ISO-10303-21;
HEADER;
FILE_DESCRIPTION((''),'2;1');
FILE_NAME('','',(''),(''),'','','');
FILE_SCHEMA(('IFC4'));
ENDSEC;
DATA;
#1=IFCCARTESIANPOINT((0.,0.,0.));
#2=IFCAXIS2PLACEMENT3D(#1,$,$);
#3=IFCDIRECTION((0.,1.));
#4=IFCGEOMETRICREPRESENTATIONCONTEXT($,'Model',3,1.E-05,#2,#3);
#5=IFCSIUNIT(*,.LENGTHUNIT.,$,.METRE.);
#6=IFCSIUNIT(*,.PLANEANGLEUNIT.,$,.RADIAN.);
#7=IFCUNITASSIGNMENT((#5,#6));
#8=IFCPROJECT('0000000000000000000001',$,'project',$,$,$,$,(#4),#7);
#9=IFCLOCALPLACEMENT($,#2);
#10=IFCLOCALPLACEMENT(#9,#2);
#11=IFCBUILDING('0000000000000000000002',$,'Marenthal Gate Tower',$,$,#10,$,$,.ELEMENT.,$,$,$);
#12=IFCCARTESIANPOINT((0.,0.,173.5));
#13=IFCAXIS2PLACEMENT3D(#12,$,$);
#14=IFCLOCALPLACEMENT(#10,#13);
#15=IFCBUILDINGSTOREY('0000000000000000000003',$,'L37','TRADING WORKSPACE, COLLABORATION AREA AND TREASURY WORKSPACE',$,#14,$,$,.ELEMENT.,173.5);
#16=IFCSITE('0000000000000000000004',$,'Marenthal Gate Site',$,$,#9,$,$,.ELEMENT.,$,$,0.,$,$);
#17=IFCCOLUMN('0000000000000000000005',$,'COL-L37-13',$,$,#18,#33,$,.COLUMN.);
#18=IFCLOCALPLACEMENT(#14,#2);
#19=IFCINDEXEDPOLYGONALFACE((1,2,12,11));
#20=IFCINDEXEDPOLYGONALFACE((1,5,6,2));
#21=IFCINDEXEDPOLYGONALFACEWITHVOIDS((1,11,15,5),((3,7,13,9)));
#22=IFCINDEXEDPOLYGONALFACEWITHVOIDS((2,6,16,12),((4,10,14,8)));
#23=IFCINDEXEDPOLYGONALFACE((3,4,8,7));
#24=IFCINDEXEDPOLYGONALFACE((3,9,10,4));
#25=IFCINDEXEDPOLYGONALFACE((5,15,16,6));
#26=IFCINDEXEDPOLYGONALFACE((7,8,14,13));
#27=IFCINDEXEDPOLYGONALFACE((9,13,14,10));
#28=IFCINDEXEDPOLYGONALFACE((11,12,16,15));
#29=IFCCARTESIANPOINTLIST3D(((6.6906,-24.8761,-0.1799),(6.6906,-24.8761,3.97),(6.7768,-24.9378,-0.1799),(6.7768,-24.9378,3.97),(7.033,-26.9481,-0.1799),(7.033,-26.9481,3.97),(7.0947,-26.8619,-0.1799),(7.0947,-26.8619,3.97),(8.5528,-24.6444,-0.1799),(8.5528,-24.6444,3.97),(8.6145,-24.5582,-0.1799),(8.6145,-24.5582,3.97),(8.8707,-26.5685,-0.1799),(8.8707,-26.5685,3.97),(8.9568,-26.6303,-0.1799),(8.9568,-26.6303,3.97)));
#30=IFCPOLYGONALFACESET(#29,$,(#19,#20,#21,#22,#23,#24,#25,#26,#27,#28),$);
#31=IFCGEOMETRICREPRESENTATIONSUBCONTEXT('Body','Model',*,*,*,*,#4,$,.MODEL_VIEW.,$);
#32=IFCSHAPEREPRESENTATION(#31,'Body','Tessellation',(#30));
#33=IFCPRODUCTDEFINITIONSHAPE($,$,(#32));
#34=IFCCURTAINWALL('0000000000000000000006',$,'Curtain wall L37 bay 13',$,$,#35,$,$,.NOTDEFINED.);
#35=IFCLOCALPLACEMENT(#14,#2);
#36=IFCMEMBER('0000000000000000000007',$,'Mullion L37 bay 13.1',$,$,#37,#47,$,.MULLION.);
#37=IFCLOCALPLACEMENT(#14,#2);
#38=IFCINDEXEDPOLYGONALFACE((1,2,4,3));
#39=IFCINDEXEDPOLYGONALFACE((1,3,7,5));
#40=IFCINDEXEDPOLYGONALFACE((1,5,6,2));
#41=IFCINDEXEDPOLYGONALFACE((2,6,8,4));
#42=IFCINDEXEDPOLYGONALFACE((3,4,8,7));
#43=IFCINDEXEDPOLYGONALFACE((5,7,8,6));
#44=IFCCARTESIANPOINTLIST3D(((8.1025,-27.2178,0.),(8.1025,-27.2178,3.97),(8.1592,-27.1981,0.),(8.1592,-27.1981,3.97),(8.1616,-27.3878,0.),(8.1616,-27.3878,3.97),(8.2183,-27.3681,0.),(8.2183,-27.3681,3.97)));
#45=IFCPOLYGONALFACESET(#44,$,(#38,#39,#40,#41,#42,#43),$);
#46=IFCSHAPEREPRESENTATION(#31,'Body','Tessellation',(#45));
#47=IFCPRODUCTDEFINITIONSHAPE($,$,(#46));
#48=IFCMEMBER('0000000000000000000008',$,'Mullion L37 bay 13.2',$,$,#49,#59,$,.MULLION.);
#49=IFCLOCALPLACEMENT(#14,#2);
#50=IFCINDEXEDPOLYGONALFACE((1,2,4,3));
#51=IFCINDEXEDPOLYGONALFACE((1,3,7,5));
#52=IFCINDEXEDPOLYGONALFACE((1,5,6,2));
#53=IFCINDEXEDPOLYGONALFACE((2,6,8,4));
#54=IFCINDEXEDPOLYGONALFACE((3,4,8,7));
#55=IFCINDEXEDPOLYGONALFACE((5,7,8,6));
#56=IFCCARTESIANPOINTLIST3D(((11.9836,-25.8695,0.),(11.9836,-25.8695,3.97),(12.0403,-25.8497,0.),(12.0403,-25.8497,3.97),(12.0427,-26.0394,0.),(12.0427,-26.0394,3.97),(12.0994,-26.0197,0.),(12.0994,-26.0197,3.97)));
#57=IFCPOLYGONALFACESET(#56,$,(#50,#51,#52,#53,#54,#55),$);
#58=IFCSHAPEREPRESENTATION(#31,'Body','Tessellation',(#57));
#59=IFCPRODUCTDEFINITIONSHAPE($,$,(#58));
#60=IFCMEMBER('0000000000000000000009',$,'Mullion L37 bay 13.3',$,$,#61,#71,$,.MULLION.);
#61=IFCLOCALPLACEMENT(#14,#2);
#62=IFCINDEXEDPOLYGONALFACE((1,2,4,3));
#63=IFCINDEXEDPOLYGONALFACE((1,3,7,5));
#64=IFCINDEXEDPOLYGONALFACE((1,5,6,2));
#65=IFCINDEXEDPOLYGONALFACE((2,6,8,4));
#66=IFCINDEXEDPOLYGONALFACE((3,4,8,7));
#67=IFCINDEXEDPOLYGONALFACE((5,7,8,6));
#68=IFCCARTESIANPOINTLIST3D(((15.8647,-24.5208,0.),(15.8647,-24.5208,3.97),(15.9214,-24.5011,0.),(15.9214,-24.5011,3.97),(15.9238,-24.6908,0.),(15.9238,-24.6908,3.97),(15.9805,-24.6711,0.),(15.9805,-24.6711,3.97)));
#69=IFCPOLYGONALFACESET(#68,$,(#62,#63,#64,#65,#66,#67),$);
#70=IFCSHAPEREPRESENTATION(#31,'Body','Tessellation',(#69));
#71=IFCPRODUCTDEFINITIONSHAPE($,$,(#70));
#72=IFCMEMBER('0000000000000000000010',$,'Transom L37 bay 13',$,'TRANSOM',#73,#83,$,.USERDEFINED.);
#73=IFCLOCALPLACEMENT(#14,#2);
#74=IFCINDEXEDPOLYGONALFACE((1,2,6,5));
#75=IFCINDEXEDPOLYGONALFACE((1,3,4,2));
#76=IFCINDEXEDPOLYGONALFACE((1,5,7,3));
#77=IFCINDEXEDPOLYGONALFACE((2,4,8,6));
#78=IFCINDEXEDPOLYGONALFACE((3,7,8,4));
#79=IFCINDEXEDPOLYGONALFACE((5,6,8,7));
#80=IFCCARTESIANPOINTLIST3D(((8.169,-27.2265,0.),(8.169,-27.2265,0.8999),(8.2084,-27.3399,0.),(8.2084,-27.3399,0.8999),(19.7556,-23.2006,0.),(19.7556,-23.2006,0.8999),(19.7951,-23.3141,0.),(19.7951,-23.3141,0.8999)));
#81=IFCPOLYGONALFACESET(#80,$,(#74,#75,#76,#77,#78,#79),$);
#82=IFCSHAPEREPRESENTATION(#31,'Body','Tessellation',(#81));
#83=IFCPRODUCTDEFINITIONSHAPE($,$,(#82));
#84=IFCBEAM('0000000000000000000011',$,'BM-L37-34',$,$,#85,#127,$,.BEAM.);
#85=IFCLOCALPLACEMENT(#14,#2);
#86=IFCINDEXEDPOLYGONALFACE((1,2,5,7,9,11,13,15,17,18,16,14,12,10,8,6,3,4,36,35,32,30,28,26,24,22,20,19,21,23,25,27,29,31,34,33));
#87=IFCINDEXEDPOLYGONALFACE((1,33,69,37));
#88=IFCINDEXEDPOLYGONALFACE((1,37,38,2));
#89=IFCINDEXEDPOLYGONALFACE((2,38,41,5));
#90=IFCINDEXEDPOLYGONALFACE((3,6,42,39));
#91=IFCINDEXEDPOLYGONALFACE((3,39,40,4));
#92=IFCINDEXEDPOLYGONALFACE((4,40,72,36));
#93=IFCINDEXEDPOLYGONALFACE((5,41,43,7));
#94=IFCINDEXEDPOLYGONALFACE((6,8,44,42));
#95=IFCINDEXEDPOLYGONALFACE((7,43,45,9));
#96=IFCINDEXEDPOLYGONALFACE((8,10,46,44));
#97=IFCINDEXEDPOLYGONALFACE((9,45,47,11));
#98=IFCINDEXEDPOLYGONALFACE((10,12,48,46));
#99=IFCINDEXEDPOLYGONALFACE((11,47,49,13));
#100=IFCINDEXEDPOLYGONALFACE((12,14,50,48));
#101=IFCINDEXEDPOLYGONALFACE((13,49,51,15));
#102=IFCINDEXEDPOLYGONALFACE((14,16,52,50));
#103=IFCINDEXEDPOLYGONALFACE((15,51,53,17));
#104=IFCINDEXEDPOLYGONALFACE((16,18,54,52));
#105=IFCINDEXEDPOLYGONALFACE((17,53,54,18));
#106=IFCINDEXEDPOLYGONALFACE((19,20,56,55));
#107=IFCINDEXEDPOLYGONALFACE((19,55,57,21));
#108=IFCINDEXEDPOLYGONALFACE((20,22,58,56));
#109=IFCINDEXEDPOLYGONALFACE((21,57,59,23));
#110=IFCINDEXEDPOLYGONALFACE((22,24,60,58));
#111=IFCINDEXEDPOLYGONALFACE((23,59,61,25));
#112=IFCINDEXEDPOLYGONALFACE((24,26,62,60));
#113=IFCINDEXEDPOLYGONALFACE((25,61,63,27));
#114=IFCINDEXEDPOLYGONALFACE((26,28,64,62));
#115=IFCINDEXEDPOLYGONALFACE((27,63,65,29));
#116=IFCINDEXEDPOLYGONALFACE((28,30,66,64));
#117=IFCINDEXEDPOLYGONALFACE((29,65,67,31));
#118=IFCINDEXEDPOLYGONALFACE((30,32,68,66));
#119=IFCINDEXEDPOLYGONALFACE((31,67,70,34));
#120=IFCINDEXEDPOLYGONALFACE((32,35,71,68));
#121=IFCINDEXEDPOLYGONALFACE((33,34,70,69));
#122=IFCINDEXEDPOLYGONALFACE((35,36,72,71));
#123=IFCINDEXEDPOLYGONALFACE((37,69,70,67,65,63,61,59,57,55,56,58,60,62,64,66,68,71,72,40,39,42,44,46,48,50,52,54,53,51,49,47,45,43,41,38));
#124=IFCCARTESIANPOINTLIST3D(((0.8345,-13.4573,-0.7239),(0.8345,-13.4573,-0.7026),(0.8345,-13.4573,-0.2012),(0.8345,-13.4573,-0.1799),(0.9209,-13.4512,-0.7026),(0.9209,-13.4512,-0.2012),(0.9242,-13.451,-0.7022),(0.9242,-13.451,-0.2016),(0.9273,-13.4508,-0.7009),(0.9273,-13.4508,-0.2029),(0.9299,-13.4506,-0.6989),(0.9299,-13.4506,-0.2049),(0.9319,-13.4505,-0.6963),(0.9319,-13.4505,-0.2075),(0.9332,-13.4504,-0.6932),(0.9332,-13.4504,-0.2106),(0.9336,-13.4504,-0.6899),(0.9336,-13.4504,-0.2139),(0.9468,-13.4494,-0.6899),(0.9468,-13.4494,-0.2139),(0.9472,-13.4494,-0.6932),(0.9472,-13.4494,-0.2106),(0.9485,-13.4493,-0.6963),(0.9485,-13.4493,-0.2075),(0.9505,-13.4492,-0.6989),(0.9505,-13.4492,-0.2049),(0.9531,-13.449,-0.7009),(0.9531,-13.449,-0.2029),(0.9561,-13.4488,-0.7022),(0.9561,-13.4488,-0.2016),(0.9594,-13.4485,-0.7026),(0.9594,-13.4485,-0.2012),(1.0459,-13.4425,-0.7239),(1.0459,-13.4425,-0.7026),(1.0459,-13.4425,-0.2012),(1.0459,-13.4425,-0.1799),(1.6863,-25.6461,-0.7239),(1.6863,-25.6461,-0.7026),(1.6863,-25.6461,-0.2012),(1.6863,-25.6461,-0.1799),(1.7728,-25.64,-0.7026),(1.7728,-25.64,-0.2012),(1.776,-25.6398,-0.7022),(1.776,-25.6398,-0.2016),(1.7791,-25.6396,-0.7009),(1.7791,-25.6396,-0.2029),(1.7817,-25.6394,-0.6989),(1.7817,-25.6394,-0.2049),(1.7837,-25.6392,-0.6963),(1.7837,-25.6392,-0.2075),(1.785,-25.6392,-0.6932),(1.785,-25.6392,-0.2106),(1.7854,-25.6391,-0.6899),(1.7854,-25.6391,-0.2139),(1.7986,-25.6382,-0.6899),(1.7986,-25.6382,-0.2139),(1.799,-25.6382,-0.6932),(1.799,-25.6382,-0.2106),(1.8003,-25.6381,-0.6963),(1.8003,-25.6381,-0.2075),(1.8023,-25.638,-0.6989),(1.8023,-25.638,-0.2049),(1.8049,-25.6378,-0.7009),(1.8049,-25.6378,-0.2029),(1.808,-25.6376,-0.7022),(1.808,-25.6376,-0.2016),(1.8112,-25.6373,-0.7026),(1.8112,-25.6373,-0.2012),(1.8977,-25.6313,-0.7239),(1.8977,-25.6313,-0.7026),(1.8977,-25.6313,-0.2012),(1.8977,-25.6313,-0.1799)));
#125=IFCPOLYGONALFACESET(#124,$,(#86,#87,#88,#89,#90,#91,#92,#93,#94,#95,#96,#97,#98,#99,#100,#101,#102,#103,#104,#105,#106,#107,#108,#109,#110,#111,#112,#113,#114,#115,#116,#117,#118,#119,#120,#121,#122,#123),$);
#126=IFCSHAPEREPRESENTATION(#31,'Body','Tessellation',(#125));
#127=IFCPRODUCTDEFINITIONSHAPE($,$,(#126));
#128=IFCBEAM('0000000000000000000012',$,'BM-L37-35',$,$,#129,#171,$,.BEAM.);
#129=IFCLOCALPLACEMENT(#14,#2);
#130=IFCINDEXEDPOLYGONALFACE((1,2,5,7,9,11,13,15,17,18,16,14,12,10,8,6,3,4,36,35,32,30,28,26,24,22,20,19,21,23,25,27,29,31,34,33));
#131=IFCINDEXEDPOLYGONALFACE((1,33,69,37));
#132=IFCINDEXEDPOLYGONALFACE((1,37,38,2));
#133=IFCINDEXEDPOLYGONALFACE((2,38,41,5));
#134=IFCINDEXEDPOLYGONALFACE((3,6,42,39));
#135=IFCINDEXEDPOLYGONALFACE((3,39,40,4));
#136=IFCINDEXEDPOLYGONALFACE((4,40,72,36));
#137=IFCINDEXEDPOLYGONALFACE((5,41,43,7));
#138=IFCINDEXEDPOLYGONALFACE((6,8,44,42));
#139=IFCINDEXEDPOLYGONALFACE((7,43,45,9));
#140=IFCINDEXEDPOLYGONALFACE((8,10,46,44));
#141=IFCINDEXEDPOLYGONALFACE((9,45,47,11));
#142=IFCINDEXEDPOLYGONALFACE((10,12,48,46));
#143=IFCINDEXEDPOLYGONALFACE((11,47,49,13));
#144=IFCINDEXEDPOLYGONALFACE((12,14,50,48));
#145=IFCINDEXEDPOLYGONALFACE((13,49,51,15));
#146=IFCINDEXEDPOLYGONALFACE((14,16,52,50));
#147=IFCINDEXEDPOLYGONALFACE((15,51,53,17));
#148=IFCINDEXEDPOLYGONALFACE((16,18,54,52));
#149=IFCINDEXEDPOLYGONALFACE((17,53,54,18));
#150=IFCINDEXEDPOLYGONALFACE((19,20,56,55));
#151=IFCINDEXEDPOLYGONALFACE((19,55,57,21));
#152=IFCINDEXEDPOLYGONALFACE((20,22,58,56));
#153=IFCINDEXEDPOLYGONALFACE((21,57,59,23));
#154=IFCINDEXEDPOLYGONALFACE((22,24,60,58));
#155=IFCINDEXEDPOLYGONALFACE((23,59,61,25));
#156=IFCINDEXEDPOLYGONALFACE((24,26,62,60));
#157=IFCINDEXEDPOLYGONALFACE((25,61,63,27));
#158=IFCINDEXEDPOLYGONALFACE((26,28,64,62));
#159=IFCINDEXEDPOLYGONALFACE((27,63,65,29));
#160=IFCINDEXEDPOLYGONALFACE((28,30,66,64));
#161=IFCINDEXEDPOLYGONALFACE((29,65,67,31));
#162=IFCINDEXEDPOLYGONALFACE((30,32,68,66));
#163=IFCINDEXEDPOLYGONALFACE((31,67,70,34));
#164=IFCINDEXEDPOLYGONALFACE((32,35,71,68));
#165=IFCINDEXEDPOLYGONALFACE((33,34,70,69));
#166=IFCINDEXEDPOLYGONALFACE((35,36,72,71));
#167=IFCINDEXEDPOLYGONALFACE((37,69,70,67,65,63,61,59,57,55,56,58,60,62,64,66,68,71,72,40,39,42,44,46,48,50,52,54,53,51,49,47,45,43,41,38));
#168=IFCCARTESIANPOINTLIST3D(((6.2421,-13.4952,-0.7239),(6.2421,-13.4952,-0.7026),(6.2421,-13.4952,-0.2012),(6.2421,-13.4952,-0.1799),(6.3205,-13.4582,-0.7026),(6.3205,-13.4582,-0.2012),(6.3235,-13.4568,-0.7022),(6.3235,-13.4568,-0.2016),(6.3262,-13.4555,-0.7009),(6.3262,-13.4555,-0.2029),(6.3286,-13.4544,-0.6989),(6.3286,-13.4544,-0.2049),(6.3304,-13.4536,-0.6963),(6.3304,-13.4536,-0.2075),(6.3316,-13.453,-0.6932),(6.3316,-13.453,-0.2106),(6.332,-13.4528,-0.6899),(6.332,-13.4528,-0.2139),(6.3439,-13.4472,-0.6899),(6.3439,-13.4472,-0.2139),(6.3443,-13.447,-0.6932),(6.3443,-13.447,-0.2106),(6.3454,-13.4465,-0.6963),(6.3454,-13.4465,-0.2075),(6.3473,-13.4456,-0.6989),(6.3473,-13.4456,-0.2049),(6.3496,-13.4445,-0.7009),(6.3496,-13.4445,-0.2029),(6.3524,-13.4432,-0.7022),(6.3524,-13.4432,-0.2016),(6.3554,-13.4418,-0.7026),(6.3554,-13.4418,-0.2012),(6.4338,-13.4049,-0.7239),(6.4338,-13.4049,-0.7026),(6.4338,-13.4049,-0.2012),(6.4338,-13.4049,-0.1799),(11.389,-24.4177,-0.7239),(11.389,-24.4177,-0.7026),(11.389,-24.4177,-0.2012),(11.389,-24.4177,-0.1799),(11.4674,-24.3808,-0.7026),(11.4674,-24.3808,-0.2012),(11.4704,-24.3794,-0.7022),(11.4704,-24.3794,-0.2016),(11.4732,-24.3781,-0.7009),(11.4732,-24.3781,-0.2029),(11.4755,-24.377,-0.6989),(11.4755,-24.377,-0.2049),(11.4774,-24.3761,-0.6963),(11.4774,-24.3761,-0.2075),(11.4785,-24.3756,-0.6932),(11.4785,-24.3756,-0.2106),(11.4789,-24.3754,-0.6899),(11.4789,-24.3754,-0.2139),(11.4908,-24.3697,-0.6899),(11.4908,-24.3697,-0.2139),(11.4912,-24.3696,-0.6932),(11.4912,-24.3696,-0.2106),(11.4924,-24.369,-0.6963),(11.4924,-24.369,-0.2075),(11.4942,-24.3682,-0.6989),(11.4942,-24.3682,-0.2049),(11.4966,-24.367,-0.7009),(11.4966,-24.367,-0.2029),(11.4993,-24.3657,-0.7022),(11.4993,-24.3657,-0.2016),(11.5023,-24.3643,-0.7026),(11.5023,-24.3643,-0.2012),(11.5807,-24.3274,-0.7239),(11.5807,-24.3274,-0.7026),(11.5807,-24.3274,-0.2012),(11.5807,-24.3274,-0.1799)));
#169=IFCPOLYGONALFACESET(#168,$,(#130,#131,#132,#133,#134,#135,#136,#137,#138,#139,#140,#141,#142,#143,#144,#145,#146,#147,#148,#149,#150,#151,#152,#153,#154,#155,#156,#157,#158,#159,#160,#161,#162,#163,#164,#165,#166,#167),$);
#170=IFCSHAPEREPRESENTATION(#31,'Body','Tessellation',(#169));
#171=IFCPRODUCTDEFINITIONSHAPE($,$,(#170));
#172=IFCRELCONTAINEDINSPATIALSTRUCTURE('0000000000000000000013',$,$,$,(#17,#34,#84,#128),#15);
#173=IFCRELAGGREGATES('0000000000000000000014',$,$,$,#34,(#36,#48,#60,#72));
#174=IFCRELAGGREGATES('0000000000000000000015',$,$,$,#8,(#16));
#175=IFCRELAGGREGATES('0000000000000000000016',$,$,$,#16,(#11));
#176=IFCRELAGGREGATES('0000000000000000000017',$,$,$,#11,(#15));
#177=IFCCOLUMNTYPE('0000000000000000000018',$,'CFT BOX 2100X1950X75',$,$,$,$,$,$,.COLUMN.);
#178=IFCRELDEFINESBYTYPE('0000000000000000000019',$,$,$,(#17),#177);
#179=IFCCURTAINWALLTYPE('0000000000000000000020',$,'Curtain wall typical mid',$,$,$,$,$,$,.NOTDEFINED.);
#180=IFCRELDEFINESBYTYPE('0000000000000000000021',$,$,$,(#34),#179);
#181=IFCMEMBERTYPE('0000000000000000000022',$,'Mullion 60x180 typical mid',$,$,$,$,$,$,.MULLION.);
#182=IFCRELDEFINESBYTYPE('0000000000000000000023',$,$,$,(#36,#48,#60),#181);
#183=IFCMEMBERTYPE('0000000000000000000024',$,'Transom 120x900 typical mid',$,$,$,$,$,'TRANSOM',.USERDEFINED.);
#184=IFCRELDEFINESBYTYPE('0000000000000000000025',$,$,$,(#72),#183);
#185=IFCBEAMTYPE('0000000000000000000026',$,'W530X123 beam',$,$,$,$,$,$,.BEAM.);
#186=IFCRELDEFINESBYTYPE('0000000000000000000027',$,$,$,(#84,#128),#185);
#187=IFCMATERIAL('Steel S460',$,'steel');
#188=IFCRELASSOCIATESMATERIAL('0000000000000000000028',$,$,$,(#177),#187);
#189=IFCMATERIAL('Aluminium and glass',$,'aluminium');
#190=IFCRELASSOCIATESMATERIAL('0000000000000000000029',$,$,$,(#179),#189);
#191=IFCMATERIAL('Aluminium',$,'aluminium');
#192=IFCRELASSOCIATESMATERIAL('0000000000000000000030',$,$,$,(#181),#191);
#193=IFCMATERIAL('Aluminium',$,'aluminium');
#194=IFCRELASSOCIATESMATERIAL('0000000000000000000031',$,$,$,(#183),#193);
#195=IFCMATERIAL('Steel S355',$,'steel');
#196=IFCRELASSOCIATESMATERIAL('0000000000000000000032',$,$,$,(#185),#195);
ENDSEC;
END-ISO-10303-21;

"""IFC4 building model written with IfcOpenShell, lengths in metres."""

from ifc_helpers import new_model, si_unit, direction, frame, origin, origin_2d, place, context, subcontext, project, spatial, rectangle, hollow_rectangle, i_section, extrude, material, material_profile, profile_set, type_object, element, aggregate, save


model = new_model("IFC4")

# Units and contexts
model_context = context("Model", 3, precision=1e-05, world=origin(), true_north=direction((0.0, 1.0)))
body_context = subcontext(model_context, "Body", "Model", "MODEL_VIEW")
ifc_project = project(units=[si_unit("LENGTHUNIT", "METRE"), si_unit("PLANEANGLEUNIT", "RADIAN")], contexts=[model_context])

# Site, building, storey
site_placement = place(None, origin())
site = spatial("IfcSite", under=ifc_project, at=site_placement, Name="Marenthal Gate Site", CompositionType="ELEMENT", RefElevation=0.0)
building_placement = place(site_placement, origin())
building = spatial("IfcBuilding", under=site, at=building_placement, Name="Marenthal Gate Tower", CompositionType="ELEMENT")
storey_placement = place(building_placement, frame((0.0, 0.0, 173.5)))
storey = spatial("IfcBuildingStorey", under=building, at=storey_placement, Name="L37", Description="TRADING WORKSPACE, COLLABORATION AREA AND TREASURY WORKSPACE", CompositionType="ELEMENT", Elevation=173.5)

# Column
ifc_material_1 = material(Name="Steel S460", Category="steel")
ifc_material_profile_1 = material_profile(ifc_material_1, hollow_rectangle(XDim=1.95, YDim=2.1001, WallThickness=0.075, at=origin_2d()), Name="CFT BOX 2100X1950X75")
ifc_material_2 = material(Name="Concrete 70 MPa", Category="concrete")
ifc_material_profile_2 = material_profile(ifc_material_2, rectangle(XDim=1.8, YDim=1.95, at=origin_2d()), Name="CFT BOX 2100X1950X75 INFILL")
ifc_profile_set_1 = profile_set([ifc_material_profile_1, ifc_material_profile_2], Name="Steel S460 shell, Concrete 70 MPa infill")
column_type = type_object("IfcColumnType", Name="CFT BOX 2100X1950X75", PredefinedType="COLUMN", material=ifc_profile_set_1)
column_placement = place(storey_placement, frame((7.8237, -25.7532, -0.1799), z_axis=(0.0, 0.0, 1.0), x_axis=(-0.986625, -0.163004, 0.0)))
element("IfcColumn", 1, at=column_placement, inside=storey, type_object=column_type, Name="COL-L37-13", PredefinedType="COLUMN", context=body_context, shape_type="SweptSolid", body=[
    extrude(hollow_rectangle(XDim=1.95, YDim=2.1001, WallThickness=0.075, at=origin_2d()), origin(), (0.0, 0.0, 1.0), 4.1499),
])

# Curtain wall, members
ifc_material_3 = material(Name="Aluminium and glass", Category="aluminium")
curtain_wall_type = type_object("IfcCurtainWallType", Name="Curtain wall typical mid", PredefinedType="NOTDEFINED", material=ifc_material_3)
curtain_wall_placement = place(storey_placement, origin())
curtain_wall = element("IfcCurtainWall", 2, at=curtain_wall_placement, inside=storey, type_object=curtain_wall_type, Name="Curtain wall L37 bay 13", PredefinedType="NOTDEFINED")
ifc_material_4 = material(Name="Aluminium", Category="aluminium")
ifc_material_profile_3 = material_profile(ifc_material_4, rectangle(XDim=0.1799, YDim=0.0601, at=origin_2d()), Name="60x180 aluminium mullion")
ifc_profile_set_2 = profile_set([ifc_material_profile_3], Name="Aluminium")
member_type_1 = type_object("IfcMemberType", Name="Mullion 60x180 typical mid", PredefinedType="MULLION", material=ifc_profile_set_2)
member_1_placement = place(storey_placement, frame((8.1604, -27.293, 0.0), z_axis=(0.0, 0.0, 1.0), x_axis=(-0.328211, 0.944604, 0.0)))
member_1 = element("IfcMember", 3, at=member_1_placement, type_object=member_type_1, Name="Mullion L37 bay 13.1", PredefinedType="MULLION", context=body_context, shape_type="SweptSolid", body=[
    extrude(rectangle(XDim=0.1799, YDim=0.0601, at=origin_2d()), origin(), (0.0, 0.0, 1.0), 3.97),
])
member_2_placement = place(storey_placement, frame((12.0415, -25.9446, 0.0), z_axis=(0.0, 0.0, 1.0), x_axis=(-0.328211, 0.944604, 0.0)))
member_2 = element("IfcMember", 4, at=member_2_placement, type_object=member_type_1, Name="Mullion L37 bay 13.2", PredefinedType="MULLION", context=body_context, shape_type="SweptSolid", body=[
    extrude(rectangle(XDim=0.1799, YDim=0.0601, at=origin_2d()), origin(), (0.0, 0.0, 1.0), 3.97),
])
member_3_placement = place(storey_placement, frame((15.9226, -24.5959, 0.0), z_axis=(0.0, 0.0, 1.0), x_axis=(-0.328211, 0.944604, 0.0)))
member_3 = element("IfcMember", 5, at=member_3_placement, type_object=member_type_1, Name="Mullion L37 bay 13.3", PredefinedType="MULLION", context=body_context, shape_type="SweptSolid", body=[
    extrude(rectangle(XDim=0.1799, YDim=0.0601, at=origin_2d()), origin(), (0.0, 0.0, 1.0), 3.97),
])
ifc_material_5 = material(Name="Aluminium", Category="aluminium")
ifc_material_profile_4 = material_profile(ifc_material_5, rectangle(XDim=0.1201, YDim=0.8999, at=origin_2d()), Name="120x900 aluminium transom")
ifc_profile_set_3 = profile_set([ifc_material_profile_4], Name="Aluminium")
member_type_2 = type_object("IfcMemberType", Name="Transom 120x900 typical mid", ElementType="TRANSOM", PredefinedType="USERDEFINED", material=ifc_profile_set_3)
member_4_placement = place(storey_placement, frame((8.1887, -27.2832, 0.45), z_axis=(0.944605, 0.32821, 0.0), x_axis=(-0.32821, 0.944605, 0.0)))
member_4 = element("IfcMember", 6, at=member_4_placement, type_object=member_type_2, Name="Transom L37 bay 13", ObjectType="TRANSOM", PredefinedType="USERDEFINED", context=body_context, shape_type="SweptSolid", body=[
    extrude(rectangle(XDim=0.1201, YDim=0.8999, at=origin_2d()), origin(), (0.0, 0.0, 1.0), 12.2661),
])

# Beams
ifc_material_6 = material(Name="Steel S355", Category="steel")
ifc_material_profile_5 = material_profile(ifc_material_6, i_section(OverallWidth=0.2119, OverallDepth=0.5439, WebThickness=0.0132, FlangeThickness=0.0212, FilletRadius=0.0127, at=origin_2d()), Name="W530X123")
ifc_profile_set_4 = profile_set([ifc_material_profile_5], Name="Steel S355")
beam_type_1 = type_object("IfcBeamType", Name="W530X123 beam", PredefinedType="BEAM", material=ifc_profile_set_4)
beam_1_placement = place(storey_placement, frame((1.792, -25.6387, -0.4519), z_axis=(-0.069715, 0.997567, 0.0), x_axis=(-0.997567, -0.069715, 0.0)))
element("IfcBeam", 7, at=beam_1_placement, inside=storey, type_object=beam_type_1, Name="BM-L37-34", PredefinedType="BEAM", context=body_context, shape_type="SweptSolid", body=[
    extrude(i_section(OverallWidth=0.2119, OverallDepth=0.5439, WebThickness=0.0132, FlangeThickness=0.0212, FilletRadius=0.0127, at=origin_2d()), origin(), (0.0, 0.0, 1.0), 12.2185),
])
beam_2_placement = place(storey_placement, frame((11.4849, -24.3726, -0.4519), z_axis=(-0.426266, 0.904598, 0.0), x_axis=(-0.904598, -0.426266, 0.0)))
element("IfcBeam", 8, at=beam_2_placement, inside=storey, type_object=beam_type_1, Name="BM-L37-35", PredefinedType="BEAM", context=body_context, shape_type="SweptSolid", body=[
    extrude(i_section(OverallWidth=0.2119, OverallDepth=0.5439, WebThickness=0.0132, FlangeThickness=0.0212, FilletRadius=0.0127, at=origin_2d()), origin(), (0.0, 0.0, 1.0), 12.0745),
])

aggregate(curtain_wall, [member_1, member_2, member_3, member_4])

save(model, "model.ifc")
